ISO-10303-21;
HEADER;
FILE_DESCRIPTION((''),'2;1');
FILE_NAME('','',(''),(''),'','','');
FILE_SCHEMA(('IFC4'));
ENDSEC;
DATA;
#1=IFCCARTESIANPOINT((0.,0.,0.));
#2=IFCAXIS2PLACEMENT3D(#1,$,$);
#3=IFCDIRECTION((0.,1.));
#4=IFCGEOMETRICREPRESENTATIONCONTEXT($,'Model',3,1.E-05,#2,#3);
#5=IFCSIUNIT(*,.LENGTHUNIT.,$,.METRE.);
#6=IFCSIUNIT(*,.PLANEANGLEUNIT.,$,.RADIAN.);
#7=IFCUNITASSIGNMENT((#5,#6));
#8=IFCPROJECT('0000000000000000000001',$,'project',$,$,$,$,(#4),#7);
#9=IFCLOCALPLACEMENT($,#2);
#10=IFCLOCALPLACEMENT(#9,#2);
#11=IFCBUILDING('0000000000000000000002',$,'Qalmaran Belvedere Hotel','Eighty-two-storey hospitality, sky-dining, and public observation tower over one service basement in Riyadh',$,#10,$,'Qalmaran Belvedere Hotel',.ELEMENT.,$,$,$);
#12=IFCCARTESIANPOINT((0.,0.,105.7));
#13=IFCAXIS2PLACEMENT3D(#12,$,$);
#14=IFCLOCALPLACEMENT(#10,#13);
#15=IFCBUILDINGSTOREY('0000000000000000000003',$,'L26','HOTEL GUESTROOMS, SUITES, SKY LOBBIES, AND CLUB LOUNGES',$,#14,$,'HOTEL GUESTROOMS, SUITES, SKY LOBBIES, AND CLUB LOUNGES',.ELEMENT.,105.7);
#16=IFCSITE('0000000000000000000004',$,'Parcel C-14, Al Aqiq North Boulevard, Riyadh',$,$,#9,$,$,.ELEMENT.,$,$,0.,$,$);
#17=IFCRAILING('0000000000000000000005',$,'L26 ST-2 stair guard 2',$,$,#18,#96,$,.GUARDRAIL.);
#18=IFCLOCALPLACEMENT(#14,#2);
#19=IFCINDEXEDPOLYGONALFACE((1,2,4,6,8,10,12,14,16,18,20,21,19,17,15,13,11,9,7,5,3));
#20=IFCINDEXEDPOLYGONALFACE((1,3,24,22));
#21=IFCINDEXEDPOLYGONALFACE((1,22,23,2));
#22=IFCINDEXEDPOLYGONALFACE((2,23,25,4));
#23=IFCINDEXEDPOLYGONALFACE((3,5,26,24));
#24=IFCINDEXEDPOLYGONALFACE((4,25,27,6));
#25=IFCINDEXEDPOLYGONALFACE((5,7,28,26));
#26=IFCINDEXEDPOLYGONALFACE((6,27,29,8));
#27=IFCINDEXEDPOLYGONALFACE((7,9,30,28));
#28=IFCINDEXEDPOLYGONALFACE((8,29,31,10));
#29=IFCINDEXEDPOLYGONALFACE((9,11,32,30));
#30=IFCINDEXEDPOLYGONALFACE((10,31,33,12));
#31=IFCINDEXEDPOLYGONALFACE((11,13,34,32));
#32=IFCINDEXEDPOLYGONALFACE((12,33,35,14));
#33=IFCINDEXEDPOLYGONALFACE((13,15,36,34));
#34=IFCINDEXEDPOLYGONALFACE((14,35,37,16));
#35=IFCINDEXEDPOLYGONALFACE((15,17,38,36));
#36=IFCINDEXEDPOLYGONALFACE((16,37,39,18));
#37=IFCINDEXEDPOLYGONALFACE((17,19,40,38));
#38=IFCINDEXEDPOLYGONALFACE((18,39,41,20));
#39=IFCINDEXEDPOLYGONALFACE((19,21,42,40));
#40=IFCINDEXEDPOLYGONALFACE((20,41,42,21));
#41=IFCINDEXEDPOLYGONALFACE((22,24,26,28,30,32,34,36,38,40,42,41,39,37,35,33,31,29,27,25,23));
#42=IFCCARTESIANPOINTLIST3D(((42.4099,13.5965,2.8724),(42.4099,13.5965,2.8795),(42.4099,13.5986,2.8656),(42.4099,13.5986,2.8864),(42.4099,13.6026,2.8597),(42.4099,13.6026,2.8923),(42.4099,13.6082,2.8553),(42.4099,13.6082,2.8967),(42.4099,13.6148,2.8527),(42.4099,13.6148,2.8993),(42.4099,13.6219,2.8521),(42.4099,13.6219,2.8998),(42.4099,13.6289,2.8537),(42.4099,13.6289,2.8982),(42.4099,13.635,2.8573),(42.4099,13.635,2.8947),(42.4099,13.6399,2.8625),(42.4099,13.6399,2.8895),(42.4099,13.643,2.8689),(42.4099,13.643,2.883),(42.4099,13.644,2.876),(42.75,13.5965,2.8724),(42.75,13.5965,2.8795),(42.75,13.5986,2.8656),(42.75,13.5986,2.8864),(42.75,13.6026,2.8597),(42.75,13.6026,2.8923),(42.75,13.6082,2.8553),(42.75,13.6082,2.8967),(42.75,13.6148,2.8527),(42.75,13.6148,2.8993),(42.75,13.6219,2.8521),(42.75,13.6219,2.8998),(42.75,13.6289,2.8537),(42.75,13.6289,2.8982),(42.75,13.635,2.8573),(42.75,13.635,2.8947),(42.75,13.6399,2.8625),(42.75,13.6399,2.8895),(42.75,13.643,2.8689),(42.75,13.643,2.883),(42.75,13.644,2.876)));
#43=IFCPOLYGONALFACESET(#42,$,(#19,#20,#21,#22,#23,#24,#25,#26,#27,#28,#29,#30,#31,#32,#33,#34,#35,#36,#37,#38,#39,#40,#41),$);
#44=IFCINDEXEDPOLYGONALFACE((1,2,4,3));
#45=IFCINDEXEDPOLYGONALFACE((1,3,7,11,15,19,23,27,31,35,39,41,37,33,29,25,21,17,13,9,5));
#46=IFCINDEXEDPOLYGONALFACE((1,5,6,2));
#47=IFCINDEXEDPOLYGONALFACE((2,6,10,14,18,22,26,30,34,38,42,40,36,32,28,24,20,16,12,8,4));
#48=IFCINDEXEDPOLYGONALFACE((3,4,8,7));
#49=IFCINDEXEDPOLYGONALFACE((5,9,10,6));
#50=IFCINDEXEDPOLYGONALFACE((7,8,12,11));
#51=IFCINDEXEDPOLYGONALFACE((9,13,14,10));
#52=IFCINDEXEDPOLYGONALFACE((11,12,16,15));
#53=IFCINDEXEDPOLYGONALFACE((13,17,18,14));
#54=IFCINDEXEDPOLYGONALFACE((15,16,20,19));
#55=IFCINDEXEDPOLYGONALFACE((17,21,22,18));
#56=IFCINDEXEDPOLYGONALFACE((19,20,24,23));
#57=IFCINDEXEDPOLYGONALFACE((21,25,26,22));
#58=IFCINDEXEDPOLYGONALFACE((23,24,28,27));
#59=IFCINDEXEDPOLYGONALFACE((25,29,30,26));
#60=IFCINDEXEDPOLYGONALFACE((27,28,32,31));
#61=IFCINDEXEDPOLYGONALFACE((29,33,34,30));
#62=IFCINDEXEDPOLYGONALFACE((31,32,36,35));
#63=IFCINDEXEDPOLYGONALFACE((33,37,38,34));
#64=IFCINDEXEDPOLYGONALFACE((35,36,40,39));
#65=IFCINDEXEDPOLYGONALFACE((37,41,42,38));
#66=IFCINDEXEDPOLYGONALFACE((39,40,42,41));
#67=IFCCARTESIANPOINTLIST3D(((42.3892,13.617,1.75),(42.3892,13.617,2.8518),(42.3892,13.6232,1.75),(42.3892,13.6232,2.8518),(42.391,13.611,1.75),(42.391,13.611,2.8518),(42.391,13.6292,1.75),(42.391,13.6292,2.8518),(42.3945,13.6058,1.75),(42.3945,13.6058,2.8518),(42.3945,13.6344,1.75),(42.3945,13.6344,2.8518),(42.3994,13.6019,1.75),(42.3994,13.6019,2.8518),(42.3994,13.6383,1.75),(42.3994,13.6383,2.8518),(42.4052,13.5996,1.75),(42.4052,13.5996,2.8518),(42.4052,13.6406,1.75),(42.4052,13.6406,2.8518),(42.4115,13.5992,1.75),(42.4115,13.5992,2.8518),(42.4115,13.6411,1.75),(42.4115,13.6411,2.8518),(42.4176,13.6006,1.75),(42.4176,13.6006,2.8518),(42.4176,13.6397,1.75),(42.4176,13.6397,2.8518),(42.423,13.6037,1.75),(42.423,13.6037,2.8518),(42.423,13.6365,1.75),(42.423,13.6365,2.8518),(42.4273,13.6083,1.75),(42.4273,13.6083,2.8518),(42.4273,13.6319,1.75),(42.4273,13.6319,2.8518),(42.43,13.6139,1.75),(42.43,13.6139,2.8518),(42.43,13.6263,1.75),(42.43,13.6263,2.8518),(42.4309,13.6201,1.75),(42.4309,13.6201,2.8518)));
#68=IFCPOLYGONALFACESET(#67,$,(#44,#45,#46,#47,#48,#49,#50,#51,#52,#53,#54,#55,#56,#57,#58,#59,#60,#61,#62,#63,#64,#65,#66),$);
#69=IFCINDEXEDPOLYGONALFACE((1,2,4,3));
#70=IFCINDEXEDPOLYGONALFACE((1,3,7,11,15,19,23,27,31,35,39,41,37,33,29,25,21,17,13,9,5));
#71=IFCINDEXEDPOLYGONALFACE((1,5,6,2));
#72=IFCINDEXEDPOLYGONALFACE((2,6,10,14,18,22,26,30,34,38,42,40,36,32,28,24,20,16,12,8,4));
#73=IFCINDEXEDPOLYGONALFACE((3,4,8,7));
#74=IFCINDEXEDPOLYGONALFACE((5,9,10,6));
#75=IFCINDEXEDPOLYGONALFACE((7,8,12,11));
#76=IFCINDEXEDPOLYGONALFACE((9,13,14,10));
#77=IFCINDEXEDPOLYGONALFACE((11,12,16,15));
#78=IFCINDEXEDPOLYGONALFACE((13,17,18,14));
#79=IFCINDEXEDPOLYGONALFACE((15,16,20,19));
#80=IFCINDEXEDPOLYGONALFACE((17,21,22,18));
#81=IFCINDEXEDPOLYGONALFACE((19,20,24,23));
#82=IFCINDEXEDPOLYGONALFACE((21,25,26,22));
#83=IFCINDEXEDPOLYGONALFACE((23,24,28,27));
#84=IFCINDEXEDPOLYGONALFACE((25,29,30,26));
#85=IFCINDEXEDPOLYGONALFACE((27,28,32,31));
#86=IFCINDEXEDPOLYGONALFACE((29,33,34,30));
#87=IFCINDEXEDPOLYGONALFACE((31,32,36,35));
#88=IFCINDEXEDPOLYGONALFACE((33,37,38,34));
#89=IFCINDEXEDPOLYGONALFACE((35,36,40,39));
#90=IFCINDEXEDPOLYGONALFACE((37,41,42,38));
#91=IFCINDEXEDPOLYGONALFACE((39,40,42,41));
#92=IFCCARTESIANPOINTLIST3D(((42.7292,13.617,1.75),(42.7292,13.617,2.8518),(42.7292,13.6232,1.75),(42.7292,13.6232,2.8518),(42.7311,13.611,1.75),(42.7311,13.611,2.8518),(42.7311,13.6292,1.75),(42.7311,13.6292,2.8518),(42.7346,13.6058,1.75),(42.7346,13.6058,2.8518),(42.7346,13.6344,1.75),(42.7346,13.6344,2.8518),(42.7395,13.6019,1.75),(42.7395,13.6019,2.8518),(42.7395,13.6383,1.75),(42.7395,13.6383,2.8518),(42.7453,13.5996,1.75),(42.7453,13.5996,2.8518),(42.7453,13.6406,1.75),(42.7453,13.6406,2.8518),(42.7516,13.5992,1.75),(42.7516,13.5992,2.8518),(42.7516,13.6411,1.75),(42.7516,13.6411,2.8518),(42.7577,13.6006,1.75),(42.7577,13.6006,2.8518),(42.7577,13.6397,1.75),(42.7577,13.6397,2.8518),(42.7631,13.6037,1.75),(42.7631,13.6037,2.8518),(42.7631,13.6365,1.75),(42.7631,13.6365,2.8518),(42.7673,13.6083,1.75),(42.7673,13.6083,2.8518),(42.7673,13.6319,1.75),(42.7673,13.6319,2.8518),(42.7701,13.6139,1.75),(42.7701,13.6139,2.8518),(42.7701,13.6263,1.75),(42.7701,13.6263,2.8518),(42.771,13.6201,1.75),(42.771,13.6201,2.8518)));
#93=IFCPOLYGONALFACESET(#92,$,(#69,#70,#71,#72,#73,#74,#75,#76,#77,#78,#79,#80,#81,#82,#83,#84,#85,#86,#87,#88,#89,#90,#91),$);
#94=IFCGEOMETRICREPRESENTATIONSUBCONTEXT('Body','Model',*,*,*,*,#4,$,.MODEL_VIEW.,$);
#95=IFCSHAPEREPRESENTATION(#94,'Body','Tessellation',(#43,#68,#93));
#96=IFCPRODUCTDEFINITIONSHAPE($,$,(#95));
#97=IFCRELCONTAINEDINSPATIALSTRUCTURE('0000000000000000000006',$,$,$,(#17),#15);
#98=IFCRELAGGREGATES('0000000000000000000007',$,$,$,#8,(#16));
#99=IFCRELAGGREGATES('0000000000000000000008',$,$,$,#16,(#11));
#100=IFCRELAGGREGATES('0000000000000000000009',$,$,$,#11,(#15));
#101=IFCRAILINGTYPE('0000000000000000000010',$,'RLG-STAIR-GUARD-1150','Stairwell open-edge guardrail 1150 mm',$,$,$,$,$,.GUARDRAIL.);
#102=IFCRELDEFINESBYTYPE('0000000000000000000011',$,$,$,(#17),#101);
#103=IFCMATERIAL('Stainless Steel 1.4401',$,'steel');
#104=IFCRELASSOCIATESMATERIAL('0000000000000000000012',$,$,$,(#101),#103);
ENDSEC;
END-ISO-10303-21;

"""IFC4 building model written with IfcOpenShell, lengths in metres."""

from ifc_helpers import new_model, si_unit, direction, frame, origin, origin_2d, place, context, subcontext, project, spatial, circle, extrude, material, type_object, element, save


model = new_model("IFC4")

# Units and contexts
model_context = context("Model", 3, precision=1e-05, world=origin(), true_north=direction((0.0, 1.0)))
body_context = subcontext(model_context, "Body", "Model", "MODEL_VIEW")
ifc_project = project(units=[si_unit("LENGTHUNIT", "METRE"), si_unit("PLANEANGLEUNIT", "RADIAN")], contexts=[model_context])

# Site, building, storey
site_placement = place(None, origin())
site = spatial("IfcSite", under=ifc_project, at=site_placement, Name="Parcel C-14, Al Aqiq North Boulevard, Riyadh", CompositionType="ELEMENT", RefElevation=0.0)
building_placement = place(site_placement, origin())
building = spatial("IfcBuilding", under=site, at=building_placement, Name="Qalmaran Belvedere Hotel", Description="Eighty-two-storey hospitality, sky-dining, and public observation tower over one service basement in Riyadh", LongName="Qalmaran Belvedere Hotel", CompositionType="ELEMENT")
storey_placement = place(building_placement, frame((0.0, 0.0, 105.7)))
storey = spatial("IfcBuildingStorey", under=building, at=storey_placement, Name="L26", Description="HOTEL GUESTROOMS, SUITES, SKY LOBBIES, AND CLUB LOUNGES", LongName="HOTEL GUESTROOMS, SUITES, SKY LOBBIES, AND CLUB LOUNGES", CompositionType="ELEMENT", Elevation=105.7)

# Shared definitions
ifc_material_1 = material(Name="Stainless Steel 1.4401", Category="steel")

# Railing
railing_type_1 = type_object("IfcRailingType", Name="RLG-STAIR-GUARD-1150", Description="Stairwell open-edge guardrail 1150 mm", PredefinedType="GUARDRAIL", material=ifc_material_1)
railing_1_placement = place(storey_placement, frame((42.4099, 13.6201, 1.75)))
element("IfcRailing", 1, at=railing_1_placement, inside=storey, type_object=railing_type_1, Name="L26 ST-2 stair guard 2", PredefinedType="GUARDRAIL", context=body_context, shape_type="SweptSolid", body=[
    extrude(circle(Radius=0.0239, at=origin_2d()), frame((0.0, 0.0, 1.126), z_axis=(1.0, 0.0, 0.0), x_axis=(0.0, 1.0, 0.0)), (0.0, 0.0, 1.0), 0.3401),
    extrude(circle(Radius=0.021, at=origin_2d()), origin(), (0.0, 0.0, 1.0), 1.1018),
    extrude(circle(Radius=0.021, at=origin_2d()), frame((0.3401, 0.0, 0.0)), (0.0, 0.0, 1.0), 1.1018),
])

save(model, "model.ifc")
